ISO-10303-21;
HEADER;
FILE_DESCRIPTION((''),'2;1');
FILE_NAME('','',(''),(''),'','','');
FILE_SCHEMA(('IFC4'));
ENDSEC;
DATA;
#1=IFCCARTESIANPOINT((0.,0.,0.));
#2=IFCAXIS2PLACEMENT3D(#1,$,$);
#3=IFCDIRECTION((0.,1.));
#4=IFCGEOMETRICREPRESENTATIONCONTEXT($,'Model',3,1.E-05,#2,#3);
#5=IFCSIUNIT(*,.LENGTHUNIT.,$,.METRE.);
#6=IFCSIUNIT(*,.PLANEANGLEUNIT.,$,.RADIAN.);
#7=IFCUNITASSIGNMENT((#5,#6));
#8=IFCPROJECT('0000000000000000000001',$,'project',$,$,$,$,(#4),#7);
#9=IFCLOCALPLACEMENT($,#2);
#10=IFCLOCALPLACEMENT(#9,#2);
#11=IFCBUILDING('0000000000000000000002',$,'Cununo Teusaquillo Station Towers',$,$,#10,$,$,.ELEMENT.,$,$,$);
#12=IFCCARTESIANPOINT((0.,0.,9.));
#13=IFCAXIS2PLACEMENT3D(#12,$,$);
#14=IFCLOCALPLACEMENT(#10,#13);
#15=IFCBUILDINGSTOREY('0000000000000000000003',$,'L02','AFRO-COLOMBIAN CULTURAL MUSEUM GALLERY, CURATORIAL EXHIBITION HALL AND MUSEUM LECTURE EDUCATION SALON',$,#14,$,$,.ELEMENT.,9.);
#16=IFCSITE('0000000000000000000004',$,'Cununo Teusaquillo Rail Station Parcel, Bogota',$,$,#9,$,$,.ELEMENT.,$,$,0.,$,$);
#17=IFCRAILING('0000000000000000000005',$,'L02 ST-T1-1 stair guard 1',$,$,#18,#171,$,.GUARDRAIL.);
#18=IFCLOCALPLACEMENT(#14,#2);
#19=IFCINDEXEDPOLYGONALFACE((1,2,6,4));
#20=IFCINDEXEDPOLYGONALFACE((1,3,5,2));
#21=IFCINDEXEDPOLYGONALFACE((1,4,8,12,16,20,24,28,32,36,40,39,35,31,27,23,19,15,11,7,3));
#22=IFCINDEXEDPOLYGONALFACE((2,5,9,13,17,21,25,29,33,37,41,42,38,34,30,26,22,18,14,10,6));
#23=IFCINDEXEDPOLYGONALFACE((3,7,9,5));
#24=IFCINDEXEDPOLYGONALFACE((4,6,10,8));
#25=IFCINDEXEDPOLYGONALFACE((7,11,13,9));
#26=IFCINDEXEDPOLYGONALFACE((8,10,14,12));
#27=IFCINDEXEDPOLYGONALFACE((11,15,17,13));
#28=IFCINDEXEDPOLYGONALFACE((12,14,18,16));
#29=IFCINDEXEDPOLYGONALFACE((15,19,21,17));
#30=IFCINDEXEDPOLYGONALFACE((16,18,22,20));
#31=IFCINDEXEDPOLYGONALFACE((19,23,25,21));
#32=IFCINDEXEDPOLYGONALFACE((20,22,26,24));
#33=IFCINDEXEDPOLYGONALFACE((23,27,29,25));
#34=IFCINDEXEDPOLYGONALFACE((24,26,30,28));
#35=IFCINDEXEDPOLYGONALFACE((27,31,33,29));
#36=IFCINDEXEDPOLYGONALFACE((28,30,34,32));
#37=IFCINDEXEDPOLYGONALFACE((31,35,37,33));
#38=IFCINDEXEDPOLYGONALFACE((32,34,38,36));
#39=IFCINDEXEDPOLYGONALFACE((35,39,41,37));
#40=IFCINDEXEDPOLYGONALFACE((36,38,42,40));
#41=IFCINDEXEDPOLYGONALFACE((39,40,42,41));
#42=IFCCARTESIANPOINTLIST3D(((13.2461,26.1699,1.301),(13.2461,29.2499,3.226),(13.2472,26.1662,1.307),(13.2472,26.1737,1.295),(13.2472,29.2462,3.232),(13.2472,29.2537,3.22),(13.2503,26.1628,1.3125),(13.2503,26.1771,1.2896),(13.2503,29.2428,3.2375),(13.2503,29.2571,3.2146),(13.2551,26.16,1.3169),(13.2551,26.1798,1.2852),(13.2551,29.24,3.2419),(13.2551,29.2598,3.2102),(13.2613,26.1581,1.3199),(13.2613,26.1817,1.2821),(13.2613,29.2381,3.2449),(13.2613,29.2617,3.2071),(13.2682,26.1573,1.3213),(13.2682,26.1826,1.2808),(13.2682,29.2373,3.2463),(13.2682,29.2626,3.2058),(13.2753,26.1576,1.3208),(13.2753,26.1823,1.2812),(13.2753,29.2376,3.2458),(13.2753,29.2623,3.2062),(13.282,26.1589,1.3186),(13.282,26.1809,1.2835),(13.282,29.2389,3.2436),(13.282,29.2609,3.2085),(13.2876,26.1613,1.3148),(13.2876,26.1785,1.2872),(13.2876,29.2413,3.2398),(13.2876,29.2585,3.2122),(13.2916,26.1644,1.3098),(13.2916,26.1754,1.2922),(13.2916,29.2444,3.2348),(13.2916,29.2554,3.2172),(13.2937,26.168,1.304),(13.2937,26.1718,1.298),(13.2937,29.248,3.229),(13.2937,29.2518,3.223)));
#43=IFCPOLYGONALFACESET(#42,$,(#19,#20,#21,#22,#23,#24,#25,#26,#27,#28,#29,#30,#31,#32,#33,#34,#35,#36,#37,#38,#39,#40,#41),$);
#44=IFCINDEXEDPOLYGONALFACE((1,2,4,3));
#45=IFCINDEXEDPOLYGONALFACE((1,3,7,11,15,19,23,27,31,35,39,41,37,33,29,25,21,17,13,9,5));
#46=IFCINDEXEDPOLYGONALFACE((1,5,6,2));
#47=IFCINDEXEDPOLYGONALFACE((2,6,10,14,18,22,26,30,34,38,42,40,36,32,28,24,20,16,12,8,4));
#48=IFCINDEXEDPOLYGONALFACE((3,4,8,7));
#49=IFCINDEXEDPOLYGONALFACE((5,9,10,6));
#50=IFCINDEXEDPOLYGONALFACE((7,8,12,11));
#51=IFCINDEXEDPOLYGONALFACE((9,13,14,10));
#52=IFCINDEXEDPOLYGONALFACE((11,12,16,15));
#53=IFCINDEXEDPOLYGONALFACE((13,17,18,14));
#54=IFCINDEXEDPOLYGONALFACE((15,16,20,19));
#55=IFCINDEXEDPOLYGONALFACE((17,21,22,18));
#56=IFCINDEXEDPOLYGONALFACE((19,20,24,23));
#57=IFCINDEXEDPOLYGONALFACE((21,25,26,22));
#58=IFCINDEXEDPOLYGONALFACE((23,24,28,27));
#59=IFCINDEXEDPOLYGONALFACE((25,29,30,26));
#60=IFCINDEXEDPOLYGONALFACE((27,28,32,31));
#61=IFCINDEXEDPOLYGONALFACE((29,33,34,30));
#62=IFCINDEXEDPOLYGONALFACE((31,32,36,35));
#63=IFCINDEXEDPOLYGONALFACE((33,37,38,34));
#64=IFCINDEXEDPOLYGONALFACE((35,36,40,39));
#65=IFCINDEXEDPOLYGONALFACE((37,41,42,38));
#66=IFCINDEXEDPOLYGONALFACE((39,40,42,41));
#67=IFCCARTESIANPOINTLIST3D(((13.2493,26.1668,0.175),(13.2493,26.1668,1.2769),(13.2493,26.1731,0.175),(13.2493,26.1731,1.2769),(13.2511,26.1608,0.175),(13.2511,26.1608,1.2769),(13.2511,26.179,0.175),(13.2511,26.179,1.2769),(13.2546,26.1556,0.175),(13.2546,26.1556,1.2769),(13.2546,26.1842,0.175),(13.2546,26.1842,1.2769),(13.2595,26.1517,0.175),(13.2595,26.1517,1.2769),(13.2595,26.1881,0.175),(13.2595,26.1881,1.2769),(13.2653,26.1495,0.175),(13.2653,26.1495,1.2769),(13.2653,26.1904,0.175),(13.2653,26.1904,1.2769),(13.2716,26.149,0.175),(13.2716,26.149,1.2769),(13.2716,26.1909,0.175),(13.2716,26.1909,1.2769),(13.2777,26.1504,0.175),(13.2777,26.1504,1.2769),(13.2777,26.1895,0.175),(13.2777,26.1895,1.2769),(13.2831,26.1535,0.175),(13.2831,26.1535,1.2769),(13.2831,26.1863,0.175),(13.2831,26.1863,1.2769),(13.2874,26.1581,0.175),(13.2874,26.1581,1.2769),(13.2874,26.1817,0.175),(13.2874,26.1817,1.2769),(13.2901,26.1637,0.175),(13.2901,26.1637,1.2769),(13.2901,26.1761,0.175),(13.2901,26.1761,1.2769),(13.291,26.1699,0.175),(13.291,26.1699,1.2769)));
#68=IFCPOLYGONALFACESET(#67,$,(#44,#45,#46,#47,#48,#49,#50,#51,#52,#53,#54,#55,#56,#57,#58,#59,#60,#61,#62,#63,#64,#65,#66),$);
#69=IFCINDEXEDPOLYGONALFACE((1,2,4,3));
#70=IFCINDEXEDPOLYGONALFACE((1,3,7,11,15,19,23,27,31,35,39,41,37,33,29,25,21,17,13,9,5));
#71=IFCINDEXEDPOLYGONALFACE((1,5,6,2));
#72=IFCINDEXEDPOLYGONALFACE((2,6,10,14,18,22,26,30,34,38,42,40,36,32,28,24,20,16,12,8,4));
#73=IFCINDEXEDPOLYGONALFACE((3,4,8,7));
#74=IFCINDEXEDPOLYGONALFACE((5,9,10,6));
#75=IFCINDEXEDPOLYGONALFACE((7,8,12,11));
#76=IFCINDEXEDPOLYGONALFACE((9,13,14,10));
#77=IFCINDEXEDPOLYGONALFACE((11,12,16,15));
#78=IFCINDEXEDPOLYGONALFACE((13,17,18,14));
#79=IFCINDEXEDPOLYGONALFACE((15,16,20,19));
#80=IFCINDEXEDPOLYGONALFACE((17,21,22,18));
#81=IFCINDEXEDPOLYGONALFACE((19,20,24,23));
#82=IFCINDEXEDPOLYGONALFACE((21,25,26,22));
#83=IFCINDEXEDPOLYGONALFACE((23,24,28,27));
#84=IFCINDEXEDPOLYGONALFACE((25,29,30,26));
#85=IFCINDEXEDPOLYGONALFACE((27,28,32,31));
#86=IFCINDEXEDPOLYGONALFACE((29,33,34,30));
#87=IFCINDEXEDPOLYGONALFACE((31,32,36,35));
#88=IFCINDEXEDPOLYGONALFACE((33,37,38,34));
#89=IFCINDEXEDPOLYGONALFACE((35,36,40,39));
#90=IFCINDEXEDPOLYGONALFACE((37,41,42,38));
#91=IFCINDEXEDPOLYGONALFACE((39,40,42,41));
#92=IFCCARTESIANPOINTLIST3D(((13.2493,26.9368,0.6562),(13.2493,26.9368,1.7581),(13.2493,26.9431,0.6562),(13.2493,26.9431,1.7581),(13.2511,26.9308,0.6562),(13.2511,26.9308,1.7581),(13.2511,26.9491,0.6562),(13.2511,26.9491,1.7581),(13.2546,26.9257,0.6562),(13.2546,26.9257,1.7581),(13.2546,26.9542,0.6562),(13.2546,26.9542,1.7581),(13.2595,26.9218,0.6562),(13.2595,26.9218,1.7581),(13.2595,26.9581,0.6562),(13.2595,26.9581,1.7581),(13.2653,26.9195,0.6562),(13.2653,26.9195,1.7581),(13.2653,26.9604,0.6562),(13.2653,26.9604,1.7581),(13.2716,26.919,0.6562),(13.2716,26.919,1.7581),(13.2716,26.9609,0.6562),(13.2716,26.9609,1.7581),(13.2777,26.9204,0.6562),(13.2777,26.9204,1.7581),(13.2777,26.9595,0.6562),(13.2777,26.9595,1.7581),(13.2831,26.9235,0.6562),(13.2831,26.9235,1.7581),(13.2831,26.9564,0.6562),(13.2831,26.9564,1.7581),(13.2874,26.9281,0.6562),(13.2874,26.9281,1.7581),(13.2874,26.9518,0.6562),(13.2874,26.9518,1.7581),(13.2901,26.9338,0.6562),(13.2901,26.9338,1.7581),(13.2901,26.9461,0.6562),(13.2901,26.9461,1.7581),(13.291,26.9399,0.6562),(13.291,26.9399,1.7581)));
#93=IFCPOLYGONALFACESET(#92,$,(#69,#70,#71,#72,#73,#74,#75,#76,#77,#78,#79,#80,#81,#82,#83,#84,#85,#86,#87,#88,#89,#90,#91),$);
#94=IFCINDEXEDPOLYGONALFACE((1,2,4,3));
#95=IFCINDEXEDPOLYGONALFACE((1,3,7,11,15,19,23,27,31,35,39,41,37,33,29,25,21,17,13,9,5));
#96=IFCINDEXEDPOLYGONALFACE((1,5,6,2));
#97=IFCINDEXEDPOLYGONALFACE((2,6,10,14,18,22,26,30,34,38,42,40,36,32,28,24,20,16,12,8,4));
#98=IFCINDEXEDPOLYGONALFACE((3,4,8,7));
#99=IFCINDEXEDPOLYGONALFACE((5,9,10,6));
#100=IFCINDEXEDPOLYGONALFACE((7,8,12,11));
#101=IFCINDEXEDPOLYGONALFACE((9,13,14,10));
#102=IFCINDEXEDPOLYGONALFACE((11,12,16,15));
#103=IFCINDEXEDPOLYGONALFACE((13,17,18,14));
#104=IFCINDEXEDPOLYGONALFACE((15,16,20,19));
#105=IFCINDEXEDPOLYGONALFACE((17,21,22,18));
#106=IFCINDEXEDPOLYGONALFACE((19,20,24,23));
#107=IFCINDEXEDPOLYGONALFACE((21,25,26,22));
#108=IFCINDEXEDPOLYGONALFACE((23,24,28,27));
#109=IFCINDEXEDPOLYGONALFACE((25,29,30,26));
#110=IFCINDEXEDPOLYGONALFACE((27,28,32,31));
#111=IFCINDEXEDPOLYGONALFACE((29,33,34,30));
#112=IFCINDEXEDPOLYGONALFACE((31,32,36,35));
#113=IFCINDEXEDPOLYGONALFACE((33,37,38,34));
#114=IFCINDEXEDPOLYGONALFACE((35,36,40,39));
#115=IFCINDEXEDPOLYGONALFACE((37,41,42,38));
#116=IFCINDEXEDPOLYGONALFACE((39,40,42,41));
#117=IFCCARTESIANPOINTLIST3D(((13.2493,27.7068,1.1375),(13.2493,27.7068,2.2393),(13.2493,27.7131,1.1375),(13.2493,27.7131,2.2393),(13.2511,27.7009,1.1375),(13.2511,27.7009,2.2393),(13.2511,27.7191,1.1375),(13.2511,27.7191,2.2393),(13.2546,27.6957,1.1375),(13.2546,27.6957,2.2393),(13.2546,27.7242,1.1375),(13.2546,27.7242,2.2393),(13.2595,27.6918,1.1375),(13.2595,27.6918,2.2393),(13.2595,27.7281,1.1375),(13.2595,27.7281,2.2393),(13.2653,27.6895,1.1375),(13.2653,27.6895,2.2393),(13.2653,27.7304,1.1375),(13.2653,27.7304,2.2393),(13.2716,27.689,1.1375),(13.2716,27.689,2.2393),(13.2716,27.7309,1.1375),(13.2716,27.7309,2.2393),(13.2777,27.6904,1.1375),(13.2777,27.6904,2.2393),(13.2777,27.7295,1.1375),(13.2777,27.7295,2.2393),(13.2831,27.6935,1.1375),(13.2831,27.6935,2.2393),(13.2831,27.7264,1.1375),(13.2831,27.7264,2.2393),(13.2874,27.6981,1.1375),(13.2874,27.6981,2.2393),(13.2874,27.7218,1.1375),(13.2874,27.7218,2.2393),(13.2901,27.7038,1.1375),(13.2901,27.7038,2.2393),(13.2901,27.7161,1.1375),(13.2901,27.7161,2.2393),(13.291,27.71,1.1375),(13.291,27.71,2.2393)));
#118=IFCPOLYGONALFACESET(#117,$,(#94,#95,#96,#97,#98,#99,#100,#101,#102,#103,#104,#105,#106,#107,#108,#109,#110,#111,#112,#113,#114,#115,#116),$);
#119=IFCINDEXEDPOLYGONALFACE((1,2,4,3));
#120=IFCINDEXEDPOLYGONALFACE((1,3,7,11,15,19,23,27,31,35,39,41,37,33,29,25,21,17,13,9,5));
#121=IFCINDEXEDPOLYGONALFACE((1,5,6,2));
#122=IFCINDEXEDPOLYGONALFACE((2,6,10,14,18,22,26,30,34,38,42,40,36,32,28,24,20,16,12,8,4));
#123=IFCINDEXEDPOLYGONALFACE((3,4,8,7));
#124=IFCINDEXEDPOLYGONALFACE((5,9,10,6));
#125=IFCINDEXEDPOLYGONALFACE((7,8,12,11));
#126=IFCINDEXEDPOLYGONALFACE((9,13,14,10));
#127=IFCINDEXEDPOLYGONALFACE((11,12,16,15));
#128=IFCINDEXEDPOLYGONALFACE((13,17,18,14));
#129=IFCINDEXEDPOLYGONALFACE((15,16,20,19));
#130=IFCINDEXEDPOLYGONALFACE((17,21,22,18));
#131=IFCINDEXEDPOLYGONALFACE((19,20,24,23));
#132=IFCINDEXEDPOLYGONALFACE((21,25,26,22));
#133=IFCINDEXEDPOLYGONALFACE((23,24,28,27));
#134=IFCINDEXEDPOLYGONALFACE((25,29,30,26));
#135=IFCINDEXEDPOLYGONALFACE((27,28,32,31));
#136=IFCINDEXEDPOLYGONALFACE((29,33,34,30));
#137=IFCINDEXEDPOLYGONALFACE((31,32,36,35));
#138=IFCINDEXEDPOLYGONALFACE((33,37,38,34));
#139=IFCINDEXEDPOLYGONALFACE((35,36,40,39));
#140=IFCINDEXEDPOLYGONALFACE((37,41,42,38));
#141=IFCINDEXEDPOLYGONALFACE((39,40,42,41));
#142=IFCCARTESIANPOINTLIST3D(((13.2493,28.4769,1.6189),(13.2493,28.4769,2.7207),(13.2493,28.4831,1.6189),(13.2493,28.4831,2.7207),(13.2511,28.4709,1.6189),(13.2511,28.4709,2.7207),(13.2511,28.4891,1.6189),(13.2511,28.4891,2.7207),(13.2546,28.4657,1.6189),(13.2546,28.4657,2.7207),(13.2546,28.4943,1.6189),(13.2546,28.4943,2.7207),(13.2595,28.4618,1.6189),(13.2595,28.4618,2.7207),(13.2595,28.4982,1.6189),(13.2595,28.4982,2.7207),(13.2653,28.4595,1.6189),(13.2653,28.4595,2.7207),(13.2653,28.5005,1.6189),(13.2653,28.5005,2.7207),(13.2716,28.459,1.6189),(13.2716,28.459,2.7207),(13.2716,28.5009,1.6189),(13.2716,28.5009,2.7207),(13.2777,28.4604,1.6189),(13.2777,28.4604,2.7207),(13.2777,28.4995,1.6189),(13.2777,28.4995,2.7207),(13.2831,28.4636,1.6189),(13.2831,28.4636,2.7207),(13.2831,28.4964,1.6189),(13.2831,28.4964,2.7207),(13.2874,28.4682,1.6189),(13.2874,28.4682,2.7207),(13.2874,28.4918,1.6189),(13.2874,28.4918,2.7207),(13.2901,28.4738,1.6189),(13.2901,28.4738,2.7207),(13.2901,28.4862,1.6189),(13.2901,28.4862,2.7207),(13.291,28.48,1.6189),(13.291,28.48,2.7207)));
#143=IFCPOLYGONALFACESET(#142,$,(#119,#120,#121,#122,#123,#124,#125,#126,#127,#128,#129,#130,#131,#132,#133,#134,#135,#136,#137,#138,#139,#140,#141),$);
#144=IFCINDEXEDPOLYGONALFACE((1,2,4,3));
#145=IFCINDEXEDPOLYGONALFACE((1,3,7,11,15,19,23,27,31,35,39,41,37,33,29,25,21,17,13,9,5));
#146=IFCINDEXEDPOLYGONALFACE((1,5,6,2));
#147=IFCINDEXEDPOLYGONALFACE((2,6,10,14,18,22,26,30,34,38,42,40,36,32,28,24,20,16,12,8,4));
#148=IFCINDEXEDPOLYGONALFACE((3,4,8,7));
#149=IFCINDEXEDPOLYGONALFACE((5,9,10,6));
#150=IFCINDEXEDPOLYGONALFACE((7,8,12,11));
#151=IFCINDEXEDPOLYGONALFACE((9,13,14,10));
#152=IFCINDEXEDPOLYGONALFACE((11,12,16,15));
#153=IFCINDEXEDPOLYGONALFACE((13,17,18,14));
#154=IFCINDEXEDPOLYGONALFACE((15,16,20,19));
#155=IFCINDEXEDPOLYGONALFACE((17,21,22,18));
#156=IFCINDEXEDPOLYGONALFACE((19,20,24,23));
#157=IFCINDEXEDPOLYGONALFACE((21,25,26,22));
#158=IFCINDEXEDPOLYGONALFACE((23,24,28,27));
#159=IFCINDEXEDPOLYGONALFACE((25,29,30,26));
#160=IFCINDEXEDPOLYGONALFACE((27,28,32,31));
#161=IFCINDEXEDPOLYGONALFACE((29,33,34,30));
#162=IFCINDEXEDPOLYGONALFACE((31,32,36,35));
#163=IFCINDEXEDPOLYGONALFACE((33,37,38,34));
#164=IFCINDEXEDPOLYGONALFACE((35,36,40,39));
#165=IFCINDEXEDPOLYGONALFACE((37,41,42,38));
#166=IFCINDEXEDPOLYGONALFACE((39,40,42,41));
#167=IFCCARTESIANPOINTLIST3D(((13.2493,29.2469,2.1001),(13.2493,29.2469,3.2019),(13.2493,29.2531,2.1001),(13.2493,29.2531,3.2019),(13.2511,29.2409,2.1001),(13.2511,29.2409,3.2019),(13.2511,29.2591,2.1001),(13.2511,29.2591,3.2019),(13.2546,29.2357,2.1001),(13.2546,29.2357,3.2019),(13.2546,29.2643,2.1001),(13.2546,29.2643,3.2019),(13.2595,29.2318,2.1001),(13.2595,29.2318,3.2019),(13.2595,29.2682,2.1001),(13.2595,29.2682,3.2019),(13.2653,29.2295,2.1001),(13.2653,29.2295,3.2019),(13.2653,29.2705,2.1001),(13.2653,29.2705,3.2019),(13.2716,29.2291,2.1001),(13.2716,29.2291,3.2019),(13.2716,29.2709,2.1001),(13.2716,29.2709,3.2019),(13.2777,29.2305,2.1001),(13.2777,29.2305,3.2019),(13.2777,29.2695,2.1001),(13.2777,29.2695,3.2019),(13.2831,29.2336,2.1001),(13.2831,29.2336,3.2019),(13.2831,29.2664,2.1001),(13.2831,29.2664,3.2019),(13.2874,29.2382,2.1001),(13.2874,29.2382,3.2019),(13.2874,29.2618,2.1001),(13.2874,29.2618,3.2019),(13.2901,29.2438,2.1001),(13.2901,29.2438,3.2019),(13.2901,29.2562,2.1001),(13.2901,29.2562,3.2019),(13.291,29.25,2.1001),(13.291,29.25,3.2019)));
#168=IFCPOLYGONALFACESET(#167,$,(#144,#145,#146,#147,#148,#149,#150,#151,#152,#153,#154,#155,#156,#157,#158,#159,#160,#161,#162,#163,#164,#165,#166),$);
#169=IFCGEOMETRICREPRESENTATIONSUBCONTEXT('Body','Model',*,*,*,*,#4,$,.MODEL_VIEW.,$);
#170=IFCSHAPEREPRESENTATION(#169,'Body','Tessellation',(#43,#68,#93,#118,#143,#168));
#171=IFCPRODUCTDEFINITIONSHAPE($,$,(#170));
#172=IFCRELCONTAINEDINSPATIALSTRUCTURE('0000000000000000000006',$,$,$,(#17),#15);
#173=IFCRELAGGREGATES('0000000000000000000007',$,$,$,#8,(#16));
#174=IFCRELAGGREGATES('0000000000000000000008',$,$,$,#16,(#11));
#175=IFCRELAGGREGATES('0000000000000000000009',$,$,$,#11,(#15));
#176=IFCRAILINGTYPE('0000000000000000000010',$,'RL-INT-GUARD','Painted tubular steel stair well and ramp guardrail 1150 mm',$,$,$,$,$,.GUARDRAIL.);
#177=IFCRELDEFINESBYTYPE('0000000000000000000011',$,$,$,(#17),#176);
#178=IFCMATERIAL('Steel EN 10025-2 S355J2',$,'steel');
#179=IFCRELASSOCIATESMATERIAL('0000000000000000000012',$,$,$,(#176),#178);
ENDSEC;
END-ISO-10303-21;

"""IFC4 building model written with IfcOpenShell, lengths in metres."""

from ifc_helpers import new_model, si_unit, direction, frame, origin, origin_2d, place, context, subcontext, project, spatial, circle, extrude, material, type_object, element, save


model = new_model("IFC4")

# Units and contexts
model_context = context("Model", 3, precision=1e-05, world=origin(), true_north=direction((0.0, 1.0)))
body_context = subcontext(model_context, "Body", "Model", "MODEL_VIEW")
ifc_project = project(units=[si_unit("LENGTHUNIT", "METRE"), si_unit("PLANEANGLEUNIT", "RADIAN")], contexts=[model_context])

# Site, building, storey
site_placement = place(None, origin())
site = spatial("IfcSite", under=ifc_project, at=site_placement, Name="Cununo Teusaquillo Rail Station Parcel, Bogota", CompositionType="ELEMENT", RefElevation=0.0)
building_placement = place(site_placement, origin())
building = spatial("IfcBuilding", under=site, at=building_placement, Name="Cununo Teusaquillo Station Towers", CompositionType="ELEMENT")
storey_placement = place(building_placement, frame((0.0, 0.0, 9.0)))
storey = spatial("IfcBuildingStorey", under=building, at=storey_placement, Name="L02", Description="AFRO-COLOMBIAN CULTURAL MUSEUM GALLERY, CURATORIAL EXHIBITION HALL AND MUSEUM LECTURE EDUCATION SALON", CompositionType="ELEMENT", Elevation=9.0)

# Railing
ifc_material_1 = material(Name="Steel EN 10025-2 S355J2", Category="steel")
railing_type_1 = type_object("IfcRailingType", Name="RL-INT-GUARD", Description="Painted tubular steel stair well and ramp guardrail 1150 mm", PredefinedType="GUARDRAIL", material=ifc_material_1)
railing_1_placement = place(storey_placement, frame((13.27, 26.1699, 0.175)))
element("IfcRailing", 1, at=railing_1_placement, inside=storey, type_object=railing_type_1, Name="L02 ST-T1-1 stair guard 1", PredefinedType="GUARDRAIL", context=body_context, shape_type="SweptSolid", body=[
    extrude(circle(Radius=0.0239, at=origin_2d()), frame((0.0, 0.0, 1.126), z_axis=(0.0, 0.847998, 0.529999), x_axis=(-1.0, 0.0, 0.0)), (0.0, 0.0, 1.0), 3.6321),
    extrude(circle(Radius=0.021, at=origin_2d()), origin(), (0.0, 0.0, 1.0), 1.1018),
    extrude(circle(Radius=0.021, at=origin_2d()), frame((0.0, 0.77, 0.4812)), (0.0, 0.0, 1.0), 1.1018),
    extrude(circle(Radius=0.021, at=origin_2d()), frame((0.0, 1.54, 0.9624)), (0.0, 0.0, 1.0), 1.1018),
    extrude(circle(Radius=0.021, at=origin_2d()), frame((0.0, 2.3101, 1.4438)), (0.0, 0.0, 1.0), 1.1018),
    extrude(circle(Radius=0.021, at=origin_2d()), frame((0.0, 3.0801, 1.925)), (0.0, 0.0, 1.0), 1.1018),
])

save(model, "model.ifc")
